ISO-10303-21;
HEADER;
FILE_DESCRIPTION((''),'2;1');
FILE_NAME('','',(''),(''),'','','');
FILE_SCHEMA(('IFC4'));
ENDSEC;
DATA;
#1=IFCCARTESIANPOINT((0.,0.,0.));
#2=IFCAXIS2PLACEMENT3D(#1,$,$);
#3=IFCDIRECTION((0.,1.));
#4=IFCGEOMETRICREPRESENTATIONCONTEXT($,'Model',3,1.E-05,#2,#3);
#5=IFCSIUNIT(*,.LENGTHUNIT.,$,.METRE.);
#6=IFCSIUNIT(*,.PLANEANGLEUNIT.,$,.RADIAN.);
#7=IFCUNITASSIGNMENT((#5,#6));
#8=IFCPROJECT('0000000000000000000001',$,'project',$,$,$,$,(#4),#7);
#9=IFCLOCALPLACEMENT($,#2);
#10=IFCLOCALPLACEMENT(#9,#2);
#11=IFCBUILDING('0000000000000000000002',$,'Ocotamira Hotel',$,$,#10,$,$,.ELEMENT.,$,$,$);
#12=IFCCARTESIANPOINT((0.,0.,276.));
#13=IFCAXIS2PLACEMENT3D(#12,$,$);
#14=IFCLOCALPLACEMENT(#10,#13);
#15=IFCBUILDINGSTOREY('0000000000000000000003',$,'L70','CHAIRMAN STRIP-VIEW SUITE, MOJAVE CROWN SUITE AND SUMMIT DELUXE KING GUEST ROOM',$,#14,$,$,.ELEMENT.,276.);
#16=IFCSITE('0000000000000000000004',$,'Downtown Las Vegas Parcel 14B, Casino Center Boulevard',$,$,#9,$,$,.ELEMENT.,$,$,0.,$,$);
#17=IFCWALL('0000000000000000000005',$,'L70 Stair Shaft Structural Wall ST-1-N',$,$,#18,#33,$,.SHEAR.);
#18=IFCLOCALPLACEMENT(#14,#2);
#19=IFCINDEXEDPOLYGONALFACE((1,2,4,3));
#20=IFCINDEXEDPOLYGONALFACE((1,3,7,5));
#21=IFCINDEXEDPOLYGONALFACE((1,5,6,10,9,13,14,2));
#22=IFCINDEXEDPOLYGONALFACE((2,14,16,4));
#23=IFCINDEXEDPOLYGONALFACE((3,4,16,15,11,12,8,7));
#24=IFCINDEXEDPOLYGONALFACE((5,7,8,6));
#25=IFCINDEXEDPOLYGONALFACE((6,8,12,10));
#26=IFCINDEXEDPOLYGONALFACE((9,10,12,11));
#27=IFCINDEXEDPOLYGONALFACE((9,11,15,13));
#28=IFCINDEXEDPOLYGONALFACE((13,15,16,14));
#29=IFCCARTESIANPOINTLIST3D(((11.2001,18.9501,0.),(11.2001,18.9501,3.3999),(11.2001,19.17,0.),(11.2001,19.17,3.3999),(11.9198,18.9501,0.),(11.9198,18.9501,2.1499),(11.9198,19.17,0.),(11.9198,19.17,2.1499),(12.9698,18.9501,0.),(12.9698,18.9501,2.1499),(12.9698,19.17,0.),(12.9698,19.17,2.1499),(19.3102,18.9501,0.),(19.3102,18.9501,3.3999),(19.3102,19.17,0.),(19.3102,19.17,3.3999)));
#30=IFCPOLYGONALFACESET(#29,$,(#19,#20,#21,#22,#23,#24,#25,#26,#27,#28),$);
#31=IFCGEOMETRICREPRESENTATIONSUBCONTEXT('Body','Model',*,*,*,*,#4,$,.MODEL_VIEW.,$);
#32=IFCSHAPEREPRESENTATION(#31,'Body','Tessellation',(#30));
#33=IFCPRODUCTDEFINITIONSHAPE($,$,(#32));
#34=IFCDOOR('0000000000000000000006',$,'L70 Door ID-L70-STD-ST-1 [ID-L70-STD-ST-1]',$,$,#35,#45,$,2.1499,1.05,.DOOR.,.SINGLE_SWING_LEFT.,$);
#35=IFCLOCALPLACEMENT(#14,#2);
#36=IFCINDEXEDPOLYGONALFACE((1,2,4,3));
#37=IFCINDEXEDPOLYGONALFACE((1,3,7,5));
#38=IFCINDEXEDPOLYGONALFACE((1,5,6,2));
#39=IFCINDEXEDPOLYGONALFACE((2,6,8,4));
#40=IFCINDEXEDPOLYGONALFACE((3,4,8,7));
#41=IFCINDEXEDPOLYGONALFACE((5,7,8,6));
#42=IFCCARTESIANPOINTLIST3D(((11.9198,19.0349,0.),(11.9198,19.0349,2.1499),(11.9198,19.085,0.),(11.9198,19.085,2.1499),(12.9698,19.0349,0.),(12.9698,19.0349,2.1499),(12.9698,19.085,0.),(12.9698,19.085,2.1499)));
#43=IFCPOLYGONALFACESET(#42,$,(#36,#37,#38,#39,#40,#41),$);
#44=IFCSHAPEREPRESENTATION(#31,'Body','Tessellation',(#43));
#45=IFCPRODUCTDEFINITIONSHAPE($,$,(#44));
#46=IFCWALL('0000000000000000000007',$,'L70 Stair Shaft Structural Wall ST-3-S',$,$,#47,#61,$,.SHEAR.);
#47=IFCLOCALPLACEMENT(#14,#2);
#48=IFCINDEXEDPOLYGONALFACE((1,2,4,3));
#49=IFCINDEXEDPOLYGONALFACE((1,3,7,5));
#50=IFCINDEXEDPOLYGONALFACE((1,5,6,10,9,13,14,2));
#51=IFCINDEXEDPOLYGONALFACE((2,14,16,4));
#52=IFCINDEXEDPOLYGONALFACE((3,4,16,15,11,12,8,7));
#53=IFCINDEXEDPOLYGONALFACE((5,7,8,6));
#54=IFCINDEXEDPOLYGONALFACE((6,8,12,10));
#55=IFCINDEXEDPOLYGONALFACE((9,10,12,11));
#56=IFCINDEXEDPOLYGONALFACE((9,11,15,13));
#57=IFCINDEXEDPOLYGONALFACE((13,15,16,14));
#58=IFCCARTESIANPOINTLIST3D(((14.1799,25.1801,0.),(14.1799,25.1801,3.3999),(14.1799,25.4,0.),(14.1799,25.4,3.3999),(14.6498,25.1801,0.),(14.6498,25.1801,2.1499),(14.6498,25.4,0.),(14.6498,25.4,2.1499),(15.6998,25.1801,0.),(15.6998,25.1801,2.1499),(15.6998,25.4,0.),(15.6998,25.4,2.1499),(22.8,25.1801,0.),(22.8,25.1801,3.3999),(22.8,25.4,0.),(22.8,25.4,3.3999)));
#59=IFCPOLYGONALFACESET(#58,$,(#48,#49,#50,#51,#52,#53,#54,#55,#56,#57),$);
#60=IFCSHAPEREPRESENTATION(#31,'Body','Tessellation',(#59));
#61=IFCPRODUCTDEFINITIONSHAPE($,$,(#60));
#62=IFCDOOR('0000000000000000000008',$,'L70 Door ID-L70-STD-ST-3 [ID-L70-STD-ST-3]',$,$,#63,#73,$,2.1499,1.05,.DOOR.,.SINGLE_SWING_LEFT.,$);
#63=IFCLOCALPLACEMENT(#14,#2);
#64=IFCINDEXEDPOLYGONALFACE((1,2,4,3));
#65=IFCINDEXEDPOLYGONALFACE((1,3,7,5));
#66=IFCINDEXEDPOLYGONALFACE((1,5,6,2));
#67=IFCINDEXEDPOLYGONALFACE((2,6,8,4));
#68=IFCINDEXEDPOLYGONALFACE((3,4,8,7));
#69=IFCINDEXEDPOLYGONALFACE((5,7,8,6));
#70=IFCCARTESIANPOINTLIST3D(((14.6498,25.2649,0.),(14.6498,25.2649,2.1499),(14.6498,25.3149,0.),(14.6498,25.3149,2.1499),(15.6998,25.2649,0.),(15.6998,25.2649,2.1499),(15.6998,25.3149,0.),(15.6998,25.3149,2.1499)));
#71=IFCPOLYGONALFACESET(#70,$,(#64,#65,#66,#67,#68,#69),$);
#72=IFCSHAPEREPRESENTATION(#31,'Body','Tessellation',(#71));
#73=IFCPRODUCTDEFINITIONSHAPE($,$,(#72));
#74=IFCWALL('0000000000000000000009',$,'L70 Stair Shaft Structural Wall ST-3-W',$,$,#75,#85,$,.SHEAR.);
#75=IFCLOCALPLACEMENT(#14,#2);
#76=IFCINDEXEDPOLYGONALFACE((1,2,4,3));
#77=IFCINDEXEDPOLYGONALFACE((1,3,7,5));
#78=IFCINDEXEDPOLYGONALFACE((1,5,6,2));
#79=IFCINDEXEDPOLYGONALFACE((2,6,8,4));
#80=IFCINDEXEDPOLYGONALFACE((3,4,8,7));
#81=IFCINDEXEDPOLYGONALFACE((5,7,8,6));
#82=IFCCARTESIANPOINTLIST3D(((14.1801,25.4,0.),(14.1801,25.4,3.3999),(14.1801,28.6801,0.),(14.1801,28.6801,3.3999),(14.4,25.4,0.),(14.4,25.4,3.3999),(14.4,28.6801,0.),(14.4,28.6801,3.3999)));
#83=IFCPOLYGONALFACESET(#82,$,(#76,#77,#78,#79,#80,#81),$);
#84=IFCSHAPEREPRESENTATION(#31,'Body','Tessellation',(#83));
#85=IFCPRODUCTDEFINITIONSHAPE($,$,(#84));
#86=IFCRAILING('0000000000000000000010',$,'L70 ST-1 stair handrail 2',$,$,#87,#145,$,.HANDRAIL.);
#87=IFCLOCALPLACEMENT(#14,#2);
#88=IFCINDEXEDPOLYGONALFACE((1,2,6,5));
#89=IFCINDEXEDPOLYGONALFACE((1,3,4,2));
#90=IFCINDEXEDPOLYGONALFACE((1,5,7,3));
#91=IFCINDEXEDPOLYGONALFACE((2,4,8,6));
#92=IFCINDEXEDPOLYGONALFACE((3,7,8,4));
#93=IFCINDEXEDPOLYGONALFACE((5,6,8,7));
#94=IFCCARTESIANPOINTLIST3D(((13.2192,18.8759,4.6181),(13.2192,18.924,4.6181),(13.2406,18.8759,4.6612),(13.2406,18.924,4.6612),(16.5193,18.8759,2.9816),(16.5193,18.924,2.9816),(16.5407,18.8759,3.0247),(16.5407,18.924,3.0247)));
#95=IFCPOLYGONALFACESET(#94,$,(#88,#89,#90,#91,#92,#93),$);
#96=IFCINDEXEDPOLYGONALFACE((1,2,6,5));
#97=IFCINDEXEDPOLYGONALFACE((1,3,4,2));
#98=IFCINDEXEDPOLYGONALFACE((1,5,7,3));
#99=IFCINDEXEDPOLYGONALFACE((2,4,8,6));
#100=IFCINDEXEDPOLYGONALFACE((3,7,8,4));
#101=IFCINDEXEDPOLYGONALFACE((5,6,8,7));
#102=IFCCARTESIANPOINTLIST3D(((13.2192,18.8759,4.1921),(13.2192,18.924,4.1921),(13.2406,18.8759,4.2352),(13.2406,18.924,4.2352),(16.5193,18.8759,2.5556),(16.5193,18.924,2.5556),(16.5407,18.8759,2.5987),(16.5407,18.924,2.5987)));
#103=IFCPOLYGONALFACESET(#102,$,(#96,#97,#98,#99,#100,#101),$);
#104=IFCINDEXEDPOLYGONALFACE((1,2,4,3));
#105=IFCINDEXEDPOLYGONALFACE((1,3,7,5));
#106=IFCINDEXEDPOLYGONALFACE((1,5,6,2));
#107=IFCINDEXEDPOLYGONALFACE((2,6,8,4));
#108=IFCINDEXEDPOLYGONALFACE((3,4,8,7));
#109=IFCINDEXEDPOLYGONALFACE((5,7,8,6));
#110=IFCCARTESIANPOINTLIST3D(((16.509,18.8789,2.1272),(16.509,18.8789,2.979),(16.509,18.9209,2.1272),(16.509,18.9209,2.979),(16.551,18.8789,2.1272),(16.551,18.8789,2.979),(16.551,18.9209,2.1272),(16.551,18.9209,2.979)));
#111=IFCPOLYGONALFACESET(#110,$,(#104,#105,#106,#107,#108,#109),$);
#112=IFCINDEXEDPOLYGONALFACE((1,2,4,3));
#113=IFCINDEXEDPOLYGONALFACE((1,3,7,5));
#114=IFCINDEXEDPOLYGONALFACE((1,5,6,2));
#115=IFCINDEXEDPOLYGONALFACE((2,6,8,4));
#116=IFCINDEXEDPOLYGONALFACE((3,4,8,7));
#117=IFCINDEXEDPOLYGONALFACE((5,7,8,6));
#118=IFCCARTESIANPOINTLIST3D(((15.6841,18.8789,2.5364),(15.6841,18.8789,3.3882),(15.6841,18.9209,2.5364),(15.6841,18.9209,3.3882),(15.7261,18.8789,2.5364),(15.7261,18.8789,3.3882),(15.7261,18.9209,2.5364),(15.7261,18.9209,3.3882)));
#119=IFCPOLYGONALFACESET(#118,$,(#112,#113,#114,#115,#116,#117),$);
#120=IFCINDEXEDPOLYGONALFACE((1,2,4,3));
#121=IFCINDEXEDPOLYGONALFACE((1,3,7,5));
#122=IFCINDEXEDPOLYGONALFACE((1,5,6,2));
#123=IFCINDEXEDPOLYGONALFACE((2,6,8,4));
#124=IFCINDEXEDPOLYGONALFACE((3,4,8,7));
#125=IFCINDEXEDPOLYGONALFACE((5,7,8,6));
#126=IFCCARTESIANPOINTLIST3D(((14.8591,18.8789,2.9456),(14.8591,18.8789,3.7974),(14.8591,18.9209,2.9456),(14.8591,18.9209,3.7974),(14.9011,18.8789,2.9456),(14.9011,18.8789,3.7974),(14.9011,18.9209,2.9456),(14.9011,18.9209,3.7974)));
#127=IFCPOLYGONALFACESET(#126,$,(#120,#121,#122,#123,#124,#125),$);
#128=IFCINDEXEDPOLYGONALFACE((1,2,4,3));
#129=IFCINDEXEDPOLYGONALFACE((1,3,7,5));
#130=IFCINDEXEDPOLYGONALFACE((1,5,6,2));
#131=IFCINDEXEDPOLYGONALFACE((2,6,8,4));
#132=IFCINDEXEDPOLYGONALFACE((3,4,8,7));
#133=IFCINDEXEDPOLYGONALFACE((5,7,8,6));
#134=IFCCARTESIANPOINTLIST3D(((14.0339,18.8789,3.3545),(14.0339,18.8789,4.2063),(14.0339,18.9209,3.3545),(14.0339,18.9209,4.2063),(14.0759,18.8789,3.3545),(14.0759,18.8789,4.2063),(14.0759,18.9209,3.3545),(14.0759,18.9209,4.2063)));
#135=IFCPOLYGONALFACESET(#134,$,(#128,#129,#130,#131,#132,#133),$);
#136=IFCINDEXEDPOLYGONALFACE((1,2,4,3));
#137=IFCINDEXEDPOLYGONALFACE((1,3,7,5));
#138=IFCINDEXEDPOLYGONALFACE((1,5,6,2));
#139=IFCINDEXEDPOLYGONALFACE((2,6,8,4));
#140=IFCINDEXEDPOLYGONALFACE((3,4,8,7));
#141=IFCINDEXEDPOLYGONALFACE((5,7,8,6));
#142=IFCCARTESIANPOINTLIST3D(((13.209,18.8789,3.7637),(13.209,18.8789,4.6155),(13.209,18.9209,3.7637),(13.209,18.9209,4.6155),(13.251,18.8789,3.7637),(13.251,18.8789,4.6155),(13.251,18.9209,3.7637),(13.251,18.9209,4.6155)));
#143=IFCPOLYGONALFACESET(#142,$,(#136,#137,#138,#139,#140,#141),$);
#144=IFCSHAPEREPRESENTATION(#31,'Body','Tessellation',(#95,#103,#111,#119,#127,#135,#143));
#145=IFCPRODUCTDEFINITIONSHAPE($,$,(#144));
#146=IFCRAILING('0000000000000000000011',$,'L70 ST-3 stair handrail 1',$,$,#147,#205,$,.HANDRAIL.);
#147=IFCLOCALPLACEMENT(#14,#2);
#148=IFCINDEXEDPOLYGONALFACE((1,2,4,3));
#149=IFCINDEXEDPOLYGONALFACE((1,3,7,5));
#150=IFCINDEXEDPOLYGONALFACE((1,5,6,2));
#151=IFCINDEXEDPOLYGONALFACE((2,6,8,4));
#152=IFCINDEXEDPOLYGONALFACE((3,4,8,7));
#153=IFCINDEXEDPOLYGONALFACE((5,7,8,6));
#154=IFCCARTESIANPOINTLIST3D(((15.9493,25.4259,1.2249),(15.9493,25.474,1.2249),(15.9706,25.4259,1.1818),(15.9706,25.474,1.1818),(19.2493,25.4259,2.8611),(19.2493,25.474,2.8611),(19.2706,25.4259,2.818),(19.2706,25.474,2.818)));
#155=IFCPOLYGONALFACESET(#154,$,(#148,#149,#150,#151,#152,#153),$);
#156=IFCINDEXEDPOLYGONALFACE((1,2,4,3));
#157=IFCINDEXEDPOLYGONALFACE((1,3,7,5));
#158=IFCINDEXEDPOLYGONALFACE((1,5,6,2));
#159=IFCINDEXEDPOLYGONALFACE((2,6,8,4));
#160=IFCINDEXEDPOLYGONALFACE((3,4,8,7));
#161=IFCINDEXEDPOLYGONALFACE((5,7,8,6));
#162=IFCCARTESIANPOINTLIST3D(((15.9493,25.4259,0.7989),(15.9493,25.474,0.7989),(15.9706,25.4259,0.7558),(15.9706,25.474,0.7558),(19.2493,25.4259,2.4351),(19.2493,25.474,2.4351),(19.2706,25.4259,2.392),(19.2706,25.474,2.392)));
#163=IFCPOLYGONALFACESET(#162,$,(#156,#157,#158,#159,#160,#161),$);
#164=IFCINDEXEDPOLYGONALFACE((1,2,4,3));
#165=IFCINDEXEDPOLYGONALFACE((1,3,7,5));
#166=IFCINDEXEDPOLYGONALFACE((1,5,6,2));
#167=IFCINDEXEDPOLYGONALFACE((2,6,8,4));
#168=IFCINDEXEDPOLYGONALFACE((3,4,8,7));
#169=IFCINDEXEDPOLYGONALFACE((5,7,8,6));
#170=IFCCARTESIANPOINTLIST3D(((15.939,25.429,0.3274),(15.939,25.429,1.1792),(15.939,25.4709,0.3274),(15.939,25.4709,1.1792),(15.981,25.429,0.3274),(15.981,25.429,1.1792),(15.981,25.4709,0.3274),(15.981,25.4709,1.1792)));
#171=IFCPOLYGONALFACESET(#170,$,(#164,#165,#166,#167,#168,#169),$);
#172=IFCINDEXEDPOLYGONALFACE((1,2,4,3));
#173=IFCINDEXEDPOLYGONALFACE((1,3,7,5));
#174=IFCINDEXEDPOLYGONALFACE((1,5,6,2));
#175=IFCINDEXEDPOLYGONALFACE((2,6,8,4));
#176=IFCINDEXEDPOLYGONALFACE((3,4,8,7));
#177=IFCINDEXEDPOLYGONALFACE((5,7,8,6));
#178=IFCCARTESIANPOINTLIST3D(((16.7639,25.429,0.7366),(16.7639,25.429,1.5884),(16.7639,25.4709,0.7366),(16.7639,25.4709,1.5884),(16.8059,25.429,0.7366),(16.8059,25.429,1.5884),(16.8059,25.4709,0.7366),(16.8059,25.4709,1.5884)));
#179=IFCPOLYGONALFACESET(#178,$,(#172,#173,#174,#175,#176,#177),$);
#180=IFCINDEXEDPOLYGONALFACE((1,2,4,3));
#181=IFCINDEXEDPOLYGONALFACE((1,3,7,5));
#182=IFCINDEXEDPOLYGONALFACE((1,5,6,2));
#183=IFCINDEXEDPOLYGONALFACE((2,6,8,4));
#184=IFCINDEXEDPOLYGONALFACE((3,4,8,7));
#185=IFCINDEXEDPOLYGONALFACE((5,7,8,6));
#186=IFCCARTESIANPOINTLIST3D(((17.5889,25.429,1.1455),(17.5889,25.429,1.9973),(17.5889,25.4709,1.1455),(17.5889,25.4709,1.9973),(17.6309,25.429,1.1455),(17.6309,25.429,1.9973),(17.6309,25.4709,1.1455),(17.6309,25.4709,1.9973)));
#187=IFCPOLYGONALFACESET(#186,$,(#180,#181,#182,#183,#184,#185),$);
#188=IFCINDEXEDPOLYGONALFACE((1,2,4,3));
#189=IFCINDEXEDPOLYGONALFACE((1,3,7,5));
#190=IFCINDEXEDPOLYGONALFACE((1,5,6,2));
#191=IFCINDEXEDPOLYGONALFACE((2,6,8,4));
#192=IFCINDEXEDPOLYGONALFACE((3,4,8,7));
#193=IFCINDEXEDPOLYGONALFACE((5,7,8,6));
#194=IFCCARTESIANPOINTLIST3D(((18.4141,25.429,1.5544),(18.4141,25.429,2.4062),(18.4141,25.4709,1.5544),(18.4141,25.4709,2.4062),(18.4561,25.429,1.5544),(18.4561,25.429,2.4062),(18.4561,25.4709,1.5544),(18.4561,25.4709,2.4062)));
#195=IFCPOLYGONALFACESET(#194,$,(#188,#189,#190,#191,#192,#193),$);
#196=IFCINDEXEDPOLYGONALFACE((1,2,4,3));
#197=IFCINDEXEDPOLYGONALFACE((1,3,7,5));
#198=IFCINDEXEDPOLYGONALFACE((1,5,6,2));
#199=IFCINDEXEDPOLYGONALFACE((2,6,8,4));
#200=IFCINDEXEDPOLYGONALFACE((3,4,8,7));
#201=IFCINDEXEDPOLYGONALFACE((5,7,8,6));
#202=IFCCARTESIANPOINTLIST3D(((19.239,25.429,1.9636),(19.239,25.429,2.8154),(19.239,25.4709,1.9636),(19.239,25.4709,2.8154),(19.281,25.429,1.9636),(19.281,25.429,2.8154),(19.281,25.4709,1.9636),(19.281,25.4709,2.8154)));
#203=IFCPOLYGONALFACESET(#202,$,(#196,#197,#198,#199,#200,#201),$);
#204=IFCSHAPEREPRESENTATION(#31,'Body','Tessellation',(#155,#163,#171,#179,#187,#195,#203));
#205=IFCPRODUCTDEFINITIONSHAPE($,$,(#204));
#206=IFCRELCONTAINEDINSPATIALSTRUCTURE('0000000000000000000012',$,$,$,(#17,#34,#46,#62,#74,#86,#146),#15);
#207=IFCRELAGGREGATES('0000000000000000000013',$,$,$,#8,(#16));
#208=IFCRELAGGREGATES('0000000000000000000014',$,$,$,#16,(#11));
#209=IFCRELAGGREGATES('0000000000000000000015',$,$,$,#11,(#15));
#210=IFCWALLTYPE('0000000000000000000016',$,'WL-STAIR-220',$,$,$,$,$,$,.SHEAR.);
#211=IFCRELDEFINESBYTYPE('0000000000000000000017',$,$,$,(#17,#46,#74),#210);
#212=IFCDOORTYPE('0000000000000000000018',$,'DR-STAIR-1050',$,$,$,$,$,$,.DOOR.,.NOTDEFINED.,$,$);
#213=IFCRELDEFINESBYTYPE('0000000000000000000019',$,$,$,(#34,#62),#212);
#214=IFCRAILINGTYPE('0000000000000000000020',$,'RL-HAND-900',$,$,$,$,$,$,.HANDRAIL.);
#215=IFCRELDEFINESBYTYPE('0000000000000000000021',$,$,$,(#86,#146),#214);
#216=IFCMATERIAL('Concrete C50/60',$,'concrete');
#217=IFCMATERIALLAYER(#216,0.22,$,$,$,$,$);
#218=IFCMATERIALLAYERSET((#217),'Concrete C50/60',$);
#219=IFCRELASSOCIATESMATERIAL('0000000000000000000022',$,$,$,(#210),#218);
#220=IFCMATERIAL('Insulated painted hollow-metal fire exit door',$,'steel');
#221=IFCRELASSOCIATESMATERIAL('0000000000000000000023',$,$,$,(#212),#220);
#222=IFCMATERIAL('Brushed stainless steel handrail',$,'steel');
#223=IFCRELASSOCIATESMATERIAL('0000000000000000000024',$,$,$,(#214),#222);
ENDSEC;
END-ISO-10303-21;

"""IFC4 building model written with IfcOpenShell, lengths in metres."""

from ifc_helpers import new_model, si_unit, direction, frame, frame_2d, origin, origin_2d, place, context, subcontext, project, spatial, rectangle, extrude, source, transform, mapped, material, layer, layer_set, type_object, element, fill, save


model = new_model("IFC4")

# Units and contexts
model_context = context("Model", 3, precision=1e-05, world=origin(), true_north=direction((0.0, 1.0)))
body_context = subcontext(model_context, "Body", "Model", "MODEL_VIEW")
ifc_project = project(units=[si_unit("LENGTHUNIT", "METRE"), si_unit("PLANEANGLEUNIT", "RADIAN")], contexts=[model_context])

# Site, building, storey
site_placement = place(None, origin())
site = spatial("IfcSite", under=ifc_project, at=site_placement, Name="Downtown Las Vegas Parcel 14B, Casino Center Boulevard", CompositionType="ELEMENT", RefElevation=0.0)
building_placement = place(site_placement, origin())
building = spatial("IfcBuilding", under=site, at=building_placement, Name="Ocotamira Hotel", CompositionType="ELEMENT")
storey_placement = place(building_placement, frame((0.0, 0.0, 276.0)))
storey = spatial("IfcBuildingStorey", under=building, at=storey_placement, Name="L70", Description="CHAIRMAN STRIP-VIEW SUITE, MOJAVE CROWN SUITE AND SUMMIT DELUXE KING GUEST ROOM", CompositionType="ELEMENT", Elevation=276.0)

# Shared definitions
ifc_material_1 = material(Name="Concrete C50/60", Category="concrete")

# Walls, openings, doors
ifc_layer_1 = layer(ifc_material_1, 0.22)
ifc_layer_set_1 = layer_set([ifc_layer_1], Name="Concrete C50/60")
wall_type_1 = type_object("IfcWallType", Name="WL-STAIR-220", PredefinedType="SHEAR", material=ifc_layer_set_1)
wall_1_placement = place(storey_placement, frame((11.2, 19.0601, 0.0), z_axis=(0.0, 0.0, 1.0), x_axis=(1.0, 0.0, 0.0)))
wall_1 = element("IfcWall", 1, at=wall_1_placement, inside=storey, type_object=wall_type_1, Name="L70 Stair Shaft Structural Wall ST-1-N", PredefinedType="SHEAR", context=body_context, shape_type="SweptSolid", body=[
    extrude(rectangle(XDim=8.1101, YDim=0.22, at=frame_2d((4.0552, 0.0))), origin(), (0.0, 0.0, 1.0), 3.3999),
])
opening_1_placement = place(wall_1_placement, frame((0.72, 0.0, 0.0)))
opening_1 = element("IfcOpeningElement", 2, at=opening_1_placement, cuts=wall_1, PredefinedType="OPENING", context=body_context, shape_type="SweptSolid", body=[
    extrude(rectangle(XDim=1.05, YDim=2.1499, at=frame_2d((0.5249, 1.075))), frame((0.0, 0.1201, 0.0), z_axis=(0.0, -1.0, 0.0), x_axis=(1.0, 0.0, 0.0)), (0.0, 0.0, 1.0), 0.24),
])
ifc_material_2 = material(Name="Insulated painted hollow-metal fire exit door", Category="steel")
door_type_1 = type_object("IfcDoorType", Name="DR-STAIR-1050", OperationType="NOTDEFINED", PredefinedType="DOOR", material=ifc_material_2)
shared_shape_1 = source(origin(), body_context, "Body", "SweptSolid", [
    extrude(rectangle(XDim=1.05, YDim=2.1499, at=frame_2d((0.5249, 1.075))), frame((0.0, 0.0249, 0.0), z_axis=(0.0, -1.0, 0.0), x_axis=(1.0, 0.0, 0.0)), (0.0, 0.0, 1.0), 0.05),
])
door_1_placement = place(opening_1_placement, origin())
door_1 = element("IfcDoor", 3, at=door_1_placement, inside=storey, type_object=door_type_1, Name="L70 Door ID-L70-STD-ST-1 [ID-L70-STD-ST-1]", OperationType="SINGLE_SWING_LEFT", OverallHeight=2.1499, OverallWidth=1.05, PredefinedType="DOOR", context=body_context, shape_type="MappedRepresentation", body=[
    mapped(shared_shape_1, transform((0.0, 0.0, 0.0), scale=1.0)),
])
fill(opening_1, door_1)
wall_2_placement = place(storey_placement, frame((14.1799, 25.29, 0.0), z_axis=(0.0, 0.0, 1.0), x_axis=(1.0, 0.0, 0.0)))
wall_2 = element("IfcWall", 4, at=wall_2_placement, inside=storey, type_object=wall_type_1, Name="L70 Stair Shaft Structural Wall ST-3-S", PredefinedType="SHEAR", context=body_context, shape_type="SweptSolid", body=[
    extrude(rectangle(XDim=8.6201, YDim=0.22, at=frame_2d((4.3101, 0.0))), origin(), (0.0, 0.0, 1.0), 3.3999),
])
opening_2_placement = place(wall_2_placement, frame((0.47, 0.0, 0.0)))
opening_2 = element("IfcOpeningElement", 5, at=opening_2_placement, cuts=wall_2, PredefinedType="OPENING", context=body_context, shape_type="SweptSolid", body=[
    extrude(rectangle(XDim=1.05, YDim=2.1499, at=frame_2d((0.5249, 1.075))), frame((0.0, 0.1201, 0.0), z_axis=(0.0, -1.0, 0.0), x_axis=(1.0, 0.0, 0.0)), (0.0, 0.0, 1.0), 0.24),
])
door_2_placement = place(opening_2_placement, origin())
door_2 = element("IfcDoor", 6, at=door_2_placement, inside=storey, type_object=door_type_1, Name="L70 Door ID-L70-STD-ST-3 [ID-L70-STD-ST-3]", OperationType="SINGLE_SWING_LEFT", OverallHeight=2.1499, OverallWidth=1.05, PredefinedType="DOOR", context=body_context, shape_type="MappedRepresentation", body=[
    mapped(shared_shape_1, transform((0.0, 0.0, 0.0), scale=1.0)),
])
fill(opening_2, door_2)

# Wall
wall_3_placement = place(storey_placement, frame((14.29, 25.3999, 0.0), z_axis=(0.0, 0.0, 1.0), x_axis=(0.0, 1.0, 0.0)))
element("IfcWall", 7, at=wall_3_placement, inside=storey, type_object=wall_type_1, Name="L70 Stair Shaft Structural Wall ST-3-W", PredefinedType="SHEAR", context=body_context, shape_type="SweptSolid", body=[
    extrude(rectangle(XDim=3.28, YDim=0.22, at=frame_2d((1.6401, 0.0))), origin(), (0.0, 0.0, 1.0), 3.3999),
])

# Railings
ifc_material_3 = material(Name="Brushed stainless steel handrail", Category="steel")
railing_type = type_object("IfcRailingType", Name="RL-HAND-900", PredefinedType="HANDRAIL", material=ifc_material_3)
railing_1_placement = place(storey_placement, frame((16.53, 18.8999, 2.1272)))
element("IfcRailing", 8, at=railing_1_placement, inside=storey, type_object=railing_type, Name="L70 ST-1 stair handrail 2", PredefinedType="HANDRAIL", context=body_context, shape_type="SweptSolid", body=[
    extrude(rectangle(XDim=0.0481, YDim=0.0481, at=origin_2d()), frame((0.0, 0.0, 0.876), z_axis=(-0.895894, 0.0, 0.444268), x_axis=(0.0, -1.0, 0.0)), (0.0, 0.0, 1.0), 3.6836),
    extrude(rectangle(XDim=0.0481, YDim=0.0481, at=origin_2d()), frame((0.0, 0.0, 0.45), z_axis=(-0.895894, 0.0, 0.444268), x_axis=(0.0, -1.0, 0.0)), (0.0, 0.0, 1.0), 3.6836),
    extrude(rectangle(XDim=0.042, YDim=0.042, at=origin_2d()), origin(), (0.0, 0.0, 1.0), 0.8518),
    extrude(rectangle(XDim=0.042, YDim=0.042, at=origin_2d()), frame((-0.825, 0.0, 0.4092)), (0.0, 0.0, 1.0), 0.8518),
    extrude(rectangle(XDim=0.042, YDim=0.042, at=origin_2d()), frame((-1.6499, 0.0, 0.8184)), (0.0, 0.0, 1.0), 0.8518),
    extrude(rectangle(XDim=0.042, YDim=0.042, at=origin_2d()), frame((-2.4751, 0.0, 1.2273)), (0.0, 0.0, 1.0), 0.8518),
    extrude(rectangle(XDim=0.042, YDim=0.042, at=origin_2d()), frame((-3.3, 0.0, 1.6365)), (0.0, 0.0, 1.0), 0.8518),
])
railing_2_placement = place(storey_placement, frame((15.96, 25.45, 0.3274)))
element("IfcRailing", 9, at=railing_2_placement, inside=storey, type_object=railing_type, Name="L70 ST-3 stair handrail 1", PredefinedType="HANDRAIL", context=body_context, shape_type="SweptSolid", body=[
    extrude(rectangle(XDim=0.0481, YDim=0.0481, at=origin_2d()), frame((0.0, 0.0, 0.876), z_axis=(0.89592, 0.0, 0.444215), x_axis=(0.0, 1.0, 0.0)), (0.0, 0.0, 1.0), 3.6833),
    extrude(rectangle(XDim=0.0481, YDim=0.0481, at=origin_2d()), frame((0.0, 0.0, 0.45), z_axis=(0.89592, 0.0, 0.444215), x_axis=(0.0, 1.0, 0.0)), (0.0, 0.0, 1.0), 3.6833),
    extrude(rectangle(XDim=0.042, YDim=0.042, at=origin_2d()), origin(), (0.0, 0.0, 1.0), 0.8518),
    extrude(rectangle(XDim=0.042, YDim=0.042, at=origin_2d()), frame((0.825, 0.0, 0.4092)), (0.0, 0.0, 1.0), 0.8518),
    extrude(rectangle(XDim=0.042, YDim=0.042, at=origin_2d()), frame((1.6499, 0.0, 0.8181)), (0.0, 0.0, 1.0), 0.8518),
    extrude(rectangle(XDim=0.042, YDim=0.042, at=origin_2d()), frame((2.4751, 0.0, 1.2271)), (0.0, 0.0, 1.0), 0.8518),
    extrude(rectangle(XDim=0.042, YDim=0.042, at=origin_2d()), frame((3.3, 0.0, 1.6362)), (0.0, 0.0, 1.0), 0.8518),
])

save(model, "model.ifc")
